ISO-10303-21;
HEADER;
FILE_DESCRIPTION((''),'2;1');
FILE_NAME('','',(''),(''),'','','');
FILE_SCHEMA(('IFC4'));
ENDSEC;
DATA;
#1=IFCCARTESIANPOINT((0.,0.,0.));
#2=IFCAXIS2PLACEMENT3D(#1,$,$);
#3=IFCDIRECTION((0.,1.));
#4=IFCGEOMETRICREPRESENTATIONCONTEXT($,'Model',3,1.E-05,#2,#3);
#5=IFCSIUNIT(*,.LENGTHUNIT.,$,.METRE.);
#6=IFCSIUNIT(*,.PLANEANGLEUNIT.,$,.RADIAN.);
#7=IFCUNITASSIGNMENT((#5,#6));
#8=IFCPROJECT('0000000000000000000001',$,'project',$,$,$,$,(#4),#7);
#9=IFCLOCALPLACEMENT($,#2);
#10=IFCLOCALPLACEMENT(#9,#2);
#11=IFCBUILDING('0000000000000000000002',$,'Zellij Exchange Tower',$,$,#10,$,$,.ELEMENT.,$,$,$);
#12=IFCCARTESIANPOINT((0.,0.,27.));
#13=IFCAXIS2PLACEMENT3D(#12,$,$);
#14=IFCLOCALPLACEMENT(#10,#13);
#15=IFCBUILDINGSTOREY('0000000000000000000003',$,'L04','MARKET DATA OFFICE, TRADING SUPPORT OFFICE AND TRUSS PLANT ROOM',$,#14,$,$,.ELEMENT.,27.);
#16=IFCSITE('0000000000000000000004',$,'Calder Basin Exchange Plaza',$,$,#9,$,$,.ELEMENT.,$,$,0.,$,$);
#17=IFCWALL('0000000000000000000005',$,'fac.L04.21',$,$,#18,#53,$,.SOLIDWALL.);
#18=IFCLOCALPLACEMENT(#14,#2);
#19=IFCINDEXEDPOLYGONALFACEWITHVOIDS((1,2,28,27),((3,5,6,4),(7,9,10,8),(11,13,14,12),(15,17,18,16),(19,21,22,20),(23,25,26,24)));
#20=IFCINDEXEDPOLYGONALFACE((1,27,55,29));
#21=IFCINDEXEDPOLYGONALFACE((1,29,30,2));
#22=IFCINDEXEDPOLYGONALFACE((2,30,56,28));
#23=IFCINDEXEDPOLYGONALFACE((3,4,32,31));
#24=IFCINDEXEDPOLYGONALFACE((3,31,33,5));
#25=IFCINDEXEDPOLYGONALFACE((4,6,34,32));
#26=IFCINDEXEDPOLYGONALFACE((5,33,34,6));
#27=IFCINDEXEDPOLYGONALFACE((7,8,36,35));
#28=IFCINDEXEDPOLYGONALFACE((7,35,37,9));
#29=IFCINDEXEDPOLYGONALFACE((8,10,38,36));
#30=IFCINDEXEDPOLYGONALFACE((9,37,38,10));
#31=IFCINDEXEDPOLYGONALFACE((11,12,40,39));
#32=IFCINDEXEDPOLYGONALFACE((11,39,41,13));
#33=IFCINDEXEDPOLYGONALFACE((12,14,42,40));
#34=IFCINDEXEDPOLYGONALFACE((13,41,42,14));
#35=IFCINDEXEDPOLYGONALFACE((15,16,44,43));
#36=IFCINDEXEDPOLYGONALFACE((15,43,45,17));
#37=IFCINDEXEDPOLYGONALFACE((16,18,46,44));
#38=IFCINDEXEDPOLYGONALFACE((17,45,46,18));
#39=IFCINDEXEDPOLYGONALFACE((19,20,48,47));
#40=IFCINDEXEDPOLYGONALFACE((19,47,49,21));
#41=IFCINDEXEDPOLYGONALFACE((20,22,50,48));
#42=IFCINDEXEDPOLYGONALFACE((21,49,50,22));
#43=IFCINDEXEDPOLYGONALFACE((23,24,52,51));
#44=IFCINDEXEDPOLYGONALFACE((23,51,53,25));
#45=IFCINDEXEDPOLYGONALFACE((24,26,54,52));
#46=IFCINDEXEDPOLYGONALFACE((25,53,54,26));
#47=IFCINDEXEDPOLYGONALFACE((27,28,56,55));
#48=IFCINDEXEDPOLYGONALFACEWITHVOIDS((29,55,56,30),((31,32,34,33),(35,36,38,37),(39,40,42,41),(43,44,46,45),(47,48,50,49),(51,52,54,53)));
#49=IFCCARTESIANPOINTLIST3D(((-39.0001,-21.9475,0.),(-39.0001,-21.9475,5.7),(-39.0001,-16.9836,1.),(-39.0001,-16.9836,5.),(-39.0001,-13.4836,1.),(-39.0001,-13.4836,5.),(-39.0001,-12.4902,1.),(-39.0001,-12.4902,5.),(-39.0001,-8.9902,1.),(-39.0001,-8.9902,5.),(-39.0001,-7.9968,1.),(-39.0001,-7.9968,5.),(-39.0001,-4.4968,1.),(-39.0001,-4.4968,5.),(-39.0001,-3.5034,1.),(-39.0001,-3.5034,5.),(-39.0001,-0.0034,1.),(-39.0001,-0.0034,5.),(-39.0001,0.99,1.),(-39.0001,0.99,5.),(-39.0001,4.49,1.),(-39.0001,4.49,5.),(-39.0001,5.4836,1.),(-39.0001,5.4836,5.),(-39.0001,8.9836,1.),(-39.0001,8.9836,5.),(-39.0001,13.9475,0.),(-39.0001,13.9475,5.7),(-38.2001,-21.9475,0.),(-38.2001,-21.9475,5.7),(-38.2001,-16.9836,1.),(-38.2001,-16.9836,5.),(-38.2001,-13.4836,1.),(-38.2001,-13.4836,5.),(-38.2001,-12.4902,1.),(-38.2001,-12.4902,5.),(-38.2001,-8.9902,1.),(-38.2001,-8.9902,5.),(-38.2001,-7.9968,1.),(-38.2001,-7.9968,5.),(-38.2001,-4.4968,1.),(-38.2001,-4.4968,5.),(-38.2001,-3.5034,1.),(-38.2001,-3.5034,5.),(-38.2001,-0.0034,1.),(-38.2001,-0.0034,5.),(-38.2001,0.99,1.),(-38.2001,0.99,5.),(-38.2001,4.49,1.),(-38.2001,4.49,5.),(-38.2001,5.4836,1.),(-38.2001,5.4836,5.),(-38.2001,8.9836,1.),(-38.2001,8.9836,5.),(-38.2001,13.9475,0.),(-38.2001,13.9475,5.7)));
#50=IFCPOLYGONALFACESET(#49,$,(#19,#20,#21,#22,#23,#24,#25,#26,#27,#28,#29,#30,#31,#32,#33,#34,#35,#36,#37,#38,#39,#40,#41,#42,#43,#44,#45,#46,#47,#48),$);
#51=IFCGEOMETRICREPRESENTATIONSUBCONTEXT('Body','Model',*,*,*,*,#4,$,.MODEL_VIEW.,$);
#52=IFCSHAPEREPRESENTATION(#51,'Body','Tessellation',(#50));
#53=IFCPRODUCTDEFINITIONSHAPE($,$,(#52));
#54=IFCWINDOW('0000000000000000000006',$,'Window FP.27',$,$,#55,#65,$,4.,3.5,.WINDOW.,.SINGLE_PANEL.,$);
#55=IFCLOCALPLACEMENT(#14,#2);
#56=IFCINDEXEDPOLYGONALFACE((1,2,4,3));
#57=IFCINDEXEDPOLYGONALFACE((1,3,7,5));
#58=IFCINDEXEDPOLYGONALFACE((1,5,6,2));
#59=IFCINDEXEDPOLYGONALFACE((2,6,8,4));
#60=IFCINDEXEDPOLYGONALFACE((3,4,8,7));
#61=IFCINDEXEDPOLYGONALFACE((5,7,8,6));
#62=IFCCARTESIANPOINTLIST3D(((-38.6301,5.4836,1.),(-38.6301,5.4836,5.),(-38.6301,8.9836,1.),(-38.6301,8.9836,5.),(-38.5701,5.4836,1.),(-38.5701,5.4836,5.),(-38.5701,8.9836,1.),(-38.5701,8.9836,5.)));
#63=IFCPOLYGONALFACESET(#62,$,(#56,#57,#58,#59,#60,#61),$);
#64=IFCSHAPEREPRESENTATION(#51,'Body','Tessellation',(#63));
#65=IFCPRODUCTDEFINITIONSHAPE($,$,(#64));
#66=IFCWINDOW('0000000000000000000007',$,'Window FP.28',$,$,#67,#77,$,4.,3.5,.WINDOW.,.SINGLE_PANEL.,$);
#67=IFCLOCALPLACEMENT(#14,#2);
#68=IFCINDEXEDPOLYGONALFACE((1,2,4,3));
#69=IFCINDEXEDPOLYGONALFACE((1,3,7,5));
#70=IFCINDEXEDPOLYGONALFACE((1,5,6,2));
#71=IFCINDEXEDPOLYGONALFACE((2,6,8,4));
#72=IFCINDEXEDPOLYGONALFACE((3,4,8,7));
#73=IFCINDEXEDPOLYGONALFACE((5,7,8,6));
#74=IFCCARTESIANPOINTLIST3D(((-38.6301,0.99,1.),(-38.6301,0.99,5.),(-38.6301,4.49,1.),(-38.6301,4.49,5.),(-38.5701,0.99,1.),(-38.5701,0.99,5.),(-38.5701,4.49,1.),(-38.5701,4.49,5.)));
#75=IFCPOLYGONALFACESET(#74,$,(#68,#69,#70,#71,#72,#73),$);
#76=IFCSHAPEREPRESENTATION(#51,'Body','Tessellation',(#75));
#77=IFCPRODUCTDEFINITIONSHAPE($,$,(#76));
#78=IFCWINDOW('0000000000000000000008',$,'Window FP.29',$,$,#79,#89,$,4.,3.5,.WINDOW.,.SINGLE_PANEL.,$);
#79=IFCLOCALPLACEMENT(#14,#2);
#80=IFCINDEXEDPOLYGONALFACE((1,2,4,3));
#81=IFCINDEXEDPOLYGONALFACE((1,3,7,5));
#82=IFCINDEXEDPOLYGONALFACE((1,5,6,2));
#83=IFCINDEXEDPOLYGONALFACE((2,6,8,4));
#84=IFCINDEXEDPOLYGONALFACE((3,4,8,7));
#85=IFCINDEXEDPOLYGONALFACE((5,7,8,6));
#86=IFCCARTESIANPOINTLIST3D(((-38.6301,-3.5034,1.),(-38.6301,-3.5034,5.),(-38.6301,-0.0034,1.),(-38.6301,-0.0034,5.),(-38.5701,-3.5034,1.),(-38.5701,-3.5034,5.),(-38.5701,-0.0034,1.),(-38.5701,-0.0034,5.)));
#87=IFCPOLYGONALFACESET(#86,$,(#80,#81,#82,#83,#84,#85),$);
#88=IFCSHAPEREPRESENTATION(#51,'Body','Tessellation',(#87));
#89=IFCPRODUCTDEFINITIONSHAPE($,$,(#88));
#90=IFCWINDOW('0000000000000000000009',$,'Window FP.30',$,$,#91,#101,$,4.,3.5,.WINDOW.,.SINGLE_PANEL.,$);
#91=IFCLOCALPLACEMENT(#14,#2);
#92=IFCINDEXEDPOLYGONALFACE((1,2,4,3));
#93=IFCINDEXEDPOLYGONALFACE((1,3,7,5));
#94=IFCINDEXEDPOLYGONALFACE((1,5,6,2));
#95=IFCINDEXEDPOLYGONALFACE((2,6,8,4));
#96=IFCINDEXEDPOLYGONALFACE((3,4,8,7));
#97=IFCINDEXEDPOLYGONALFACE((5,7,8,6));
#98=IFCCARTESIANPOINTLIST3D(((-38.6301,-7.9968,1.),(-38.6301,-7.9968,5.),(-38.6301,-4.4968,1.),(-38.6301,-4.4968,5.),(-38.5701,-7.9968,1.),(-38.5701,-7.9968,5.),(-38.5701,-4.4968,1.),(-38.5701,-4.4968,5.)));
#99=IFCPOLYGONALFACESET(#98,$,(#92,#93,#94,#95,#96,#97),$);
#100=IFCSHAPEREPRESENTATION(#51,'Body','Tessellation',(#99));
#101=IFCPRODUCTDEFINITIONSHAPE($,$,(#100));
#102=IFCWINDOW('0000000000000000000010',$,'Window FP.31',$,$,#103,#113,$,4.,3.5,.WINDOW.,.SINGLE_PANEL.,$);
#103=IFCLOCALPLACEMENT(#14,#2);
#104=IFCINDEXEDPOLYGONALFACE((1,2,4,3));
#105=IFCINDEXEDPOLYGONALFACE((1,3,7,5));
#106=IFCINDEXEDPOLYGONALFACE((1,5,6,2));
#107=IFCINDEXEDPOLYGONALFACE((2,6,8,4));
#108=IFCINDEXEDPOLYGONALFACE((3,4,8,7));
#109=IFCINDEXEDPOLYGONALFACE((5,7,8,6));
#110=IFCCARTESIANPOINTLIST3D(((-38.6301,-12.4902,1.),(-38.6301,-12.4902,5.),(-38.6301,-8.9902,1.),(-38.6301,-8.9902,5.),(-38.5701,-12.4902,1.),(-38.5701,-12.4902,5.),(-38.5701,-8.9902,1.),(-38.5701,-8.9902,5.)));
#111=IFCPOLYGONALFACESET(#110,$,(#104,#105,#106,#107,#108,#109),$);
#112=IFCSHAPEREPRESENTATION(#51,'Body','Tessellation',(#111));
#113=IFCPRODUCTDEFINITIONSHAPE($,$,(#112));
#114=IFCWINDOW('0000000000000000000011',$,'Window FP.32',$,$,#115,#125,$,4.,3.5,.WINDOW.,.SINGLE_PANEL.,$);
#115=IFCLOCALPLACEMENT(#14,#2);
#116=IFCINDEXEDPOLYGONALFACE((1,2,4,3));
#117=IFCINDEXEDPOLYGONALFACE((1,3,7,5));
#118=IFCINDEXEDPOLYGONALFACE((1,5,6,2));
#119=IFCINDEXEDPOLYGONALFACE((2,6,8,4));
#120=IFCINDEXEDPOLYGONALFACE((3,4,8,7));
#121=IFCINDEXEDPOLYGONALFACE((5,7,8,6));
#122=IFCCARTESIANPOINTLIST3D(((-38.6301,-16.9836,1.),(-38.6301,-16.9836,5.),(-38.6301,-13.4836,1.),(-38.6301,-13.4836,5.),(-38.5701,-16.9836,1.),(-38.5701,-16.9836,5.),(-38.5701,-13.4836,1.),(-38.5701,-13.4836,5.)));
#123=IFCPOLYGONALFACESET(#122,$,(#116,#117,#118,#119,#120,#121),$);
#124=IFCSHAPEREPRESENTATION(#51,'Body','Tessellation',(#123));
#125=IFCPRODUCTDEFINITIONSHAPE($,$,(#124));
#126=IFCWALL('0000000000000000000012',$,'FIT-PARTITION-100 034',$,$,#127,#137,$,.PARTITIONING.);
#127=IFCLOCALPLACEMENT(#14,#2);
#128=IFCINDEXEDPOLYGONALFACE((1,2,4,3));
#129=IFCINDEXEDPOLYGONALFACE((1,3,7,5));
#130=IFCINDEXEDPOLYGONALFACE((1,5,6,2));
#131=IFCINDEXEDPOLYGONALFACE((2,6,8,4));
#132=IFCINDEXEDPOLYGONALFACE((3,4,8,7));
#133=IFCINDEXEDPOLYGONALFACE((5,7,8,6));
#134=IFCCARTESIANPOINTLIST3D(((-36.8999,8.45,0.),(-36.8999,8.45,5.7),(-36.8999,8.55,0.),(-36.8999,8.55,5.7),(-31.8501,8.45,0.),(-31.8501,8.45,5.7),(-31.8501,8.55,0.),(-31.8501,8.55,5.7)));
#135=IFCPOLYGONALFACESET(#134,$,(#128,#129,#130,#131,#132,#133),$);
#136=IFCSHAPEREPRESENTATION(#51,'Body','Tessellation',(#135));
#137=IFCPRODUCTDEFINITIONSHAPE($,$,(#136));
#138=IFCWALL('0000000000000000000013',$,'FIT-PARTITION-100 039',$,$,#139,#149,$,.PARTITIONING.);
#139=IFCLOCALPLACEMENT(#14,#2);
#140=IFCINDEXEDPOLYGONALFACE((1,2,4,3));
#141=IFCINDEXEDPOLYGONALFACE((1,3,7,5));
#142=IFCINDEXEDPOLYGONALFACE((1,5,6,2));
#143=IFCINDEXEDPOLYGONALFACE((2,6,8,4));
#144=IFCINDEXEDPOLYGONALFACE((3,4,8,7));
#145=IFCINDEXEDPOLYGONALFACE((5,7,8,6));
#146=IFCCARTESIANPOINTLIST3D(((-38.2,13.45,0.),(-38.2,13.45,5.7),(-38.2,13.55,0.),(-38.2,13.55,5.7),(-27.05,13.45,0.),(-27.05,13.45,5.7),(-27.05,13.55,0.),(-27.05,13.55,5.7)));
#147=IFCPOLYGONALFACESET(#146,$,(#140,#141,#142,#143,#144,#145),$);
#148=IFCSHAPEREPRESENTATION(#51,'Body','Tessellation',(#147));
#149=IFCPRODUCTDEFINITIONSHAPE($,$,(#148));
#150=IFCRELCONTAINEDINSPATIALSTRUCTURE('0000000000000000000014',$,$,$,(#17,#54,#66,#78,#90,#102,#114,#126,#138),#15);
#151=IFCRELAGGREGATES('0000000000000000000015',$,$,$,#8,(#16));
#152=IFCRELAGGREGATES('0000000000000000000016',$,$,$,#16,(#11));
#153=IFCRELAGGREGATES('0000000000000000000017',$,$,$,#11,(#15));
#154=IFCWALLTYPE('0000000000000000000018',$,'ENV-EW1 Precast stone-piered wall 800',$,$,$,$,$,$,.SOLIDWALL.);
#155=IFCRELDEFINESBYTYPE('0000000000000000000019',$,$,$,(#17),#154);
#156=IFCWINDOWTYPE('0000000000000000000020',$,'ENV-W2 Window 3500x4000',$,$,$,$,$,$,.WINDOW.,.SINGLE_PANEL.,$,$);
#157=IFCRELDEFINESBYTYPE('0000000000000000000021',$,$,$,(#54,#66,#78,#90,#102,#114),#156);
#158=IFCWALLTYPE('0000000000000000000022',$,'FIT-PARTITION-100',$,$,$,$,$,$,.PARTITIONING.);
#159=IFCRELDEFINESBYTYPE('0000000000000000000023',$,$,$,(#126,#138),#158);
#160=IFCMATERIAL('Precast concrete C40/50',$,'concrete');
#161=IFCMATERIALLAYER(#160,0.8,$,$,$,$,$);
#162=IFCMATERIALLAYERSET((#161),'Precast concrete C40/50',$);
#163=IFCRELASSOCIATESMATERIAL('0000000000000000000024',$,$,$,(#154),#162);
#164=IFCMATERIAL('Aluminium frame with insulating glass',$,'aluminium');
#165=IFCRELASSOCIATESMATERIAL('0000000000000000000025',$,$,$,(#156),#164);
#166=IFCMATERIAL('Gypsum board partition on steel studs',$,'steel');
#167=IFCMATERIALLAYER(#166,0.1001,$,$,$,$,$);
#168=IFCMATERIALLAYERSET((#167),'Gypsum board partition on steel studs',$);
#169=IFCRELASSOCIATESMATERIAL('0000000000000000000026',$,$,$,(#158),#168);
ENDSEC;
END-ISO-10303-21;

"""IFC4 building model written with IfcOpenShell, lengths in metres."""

from ifc_helpers import new_model, si_unit, direction, frame, frame_2d, origin, place, context, subcontext, project, spatial, rectangle, extrude, material, layer, layer_set, type_object, element, fill, save


model = new_model("IFC4")

# Units and contexts
model_context = context("Model", 3, precision=1e-05, world=origin(), true_north=direction((0.0, 1.0)))
body_context = subcontext(model_context, "Body", "Model", "MODEL_VIEW")
ifc_project = project(units=[si_unit("LENGTHUNIT", "METRE"), si_unit("PLANEANGLEUNIT", "RADIAN")], contexts=[model_context])

# Site, building, storey
site_placement = place(None, origin())
site = spatial("IfcSite", under=ifc_project, at=site_placement, Name="Calder Basin Exchange Plaza", CompositionType="ELEMENT", RefElevation=0.0)
building_placement = place(site_placement, origin())
building = spatial("IfcBuilding", under=site, at=building_placement, Name="Zellij Exchange Tower", CompositionType="ELEMENT")
storey_placement = place(building_placement, frame((0.0, 0.0, 27.0)))
storey = spatial("IfcBuildingStorey", under=building, at=storey_placement, Name="L04", Description="MARKET DATA OFFICE, TRADING SUPPORT OFFICE AND TRUSS PLANT ROOM", CompositionType="ELEMENT", Elevation=27.0)

# Shared definitions
ifc_material_1 = material(Name="Precast concrete C40/50", Category="concrete")
ifc_layer_1 = layer(ifc_material_1, 0.8)
ifc_layer_set_1 = layer_set([ifc_layer_1], Name="Precast concrete C40/50")
wall_type_1 = type_object("IfcWallType", Name="ENV-EW1 Precast stone-piered wall 800", PredefinedType="SOLIDWALL", material=ifc_layer_set_1)

# Wall, openings, windows
wall_1_placement = place(storey_placement, frame((-38.6001, 13.9475, 0.0), z_axis=(0.0, 0.0, 1.0), x_axis=(0.0, -1.0, 0.0)))
wall_1 = element("IfcWall", 1, at=wall_1_placement, inside=storey, type_object=wall_type_1, Name="fac.L04.21", PredefinedType="SOLIDWALL", context=body_context, shape_type="SweptSolid", body=[
    extrude(rectangle(XDim=35.895, YDim=0.8, at=frame_2d((17.9475, 0.0))), origin(), (0.0, 0.0, 1.0), 5.7),
])
opening_1_placement = place(wall_1_placement, frame((4.9639, 0.0, 1.0)))
opening_1 = element("IfcOpeningElement", 2, at=opening_1_placement, cuts=wall_1, PredefinedType="OPENING", context=body_context, shape_type="SweptSolid", body=[
    extrude(rectangle(XDim=3.5, YDim=4.0, at=frame_2d((1.75, 2.0))), frame((0.0, 0.4121, 0.0), z_axis=(0.0, -1.0, 0.0), x_axis=(1.0, 0.0, 0.0)), (0.0, 0.0, 1.0), 0.824),
])
opening_2_placement = place(wall_1_placement, frame((9.4575, 0.0, 1.0)))
opening_2 = element("IfcOpeningElement", 3, at=opening_2_placement, cuts=wall_1, PredefinedType="OPENING", context=body_context, shape_type="SweptSolid", body=[
    extrude(rectangle(XDim=3.5, YDim=4.0, at=frame_2d((1.75, 2.0))), frame((0.0, 0.4121, 0.0), z_axis=(0.0, -1.0, 0.0), x_axis=(1.0, 0.0, 0.0)), (0.0, 0.0, 1.0), 0.824),
])
opening_3_placement = place(wall_1_placement, frame((13.9509, 0.0, 1.0)))
opening_3 = element("IfcOpeningElement", 4, at=opening_3_placement, cuts=wall_1, PredefinedType="OPENING", context=body_context, shape_type="SweptSolid", body=[
    extrude(rectangle(XDim=3.5, YDim=4.0, at=frame_2d((1.75, 2.0))), frame((0.0, 0.4121, 0.0), z_axis=(0.0, -1.0, 0.0), x_axis=(1.0, 0.0, 0.0)), (0.0, 0.0, 1.0), 0.824),
])
opening_4_placement = place(wall_1_placement, frame((18.4443, 0.0, 1.0)))
opening_4 = element("IfcOpeningElement", 5, at=opening_4_placement, cuts=wall_1, PredefinedType="OPENING", context=body_context, shape_type="SweptSolid", body=[
    extrude(rectangle(XDim=3.5, YDim=4.0, at=frame_2d((1.75, 2.0))), frame((0.0, 0.4121, 0.0), z_axis=(0.0, -1.0, 0.0), x_axis=(1.0, 0.0, 0.0)), (0.0, 0.0, 1.0), 0.824),
])
opening_5_placement = place(wall_1_placement, frame((22.9377, 0.0, 1.0)))
opening_5 = element("IfcOpeningElement", 6, at=opening_5_placement, cuts=wall_1, PredefinedType="OPENING", context=body_context, shape_type="SweptSolid", body=[
    extrude(rectangle(XDim=3.5, YDim=4.0, at=frame_2d((1.75, 2.0))), frame((0.0, 0.4121, 0.0), z_axis=(0.0, -1.0, 0.0), x_axis=(1.0, 0.0, 0.0)), (0.0, 0.0, 1.0), 0.824),
])
opening_6_placement = place(wall_1_placement, frame((27.4312, 0.0, 1.0)))
opening_6 = element("IfcOpeningElement", 7, at=opening_6_placement, cuts=wall_1, PredefinedType="OPENING", context=body_context, shape_type="SweptSolid", body=[
    extrude(rectangle(XDim=3.5, YDim=4.0, at=frame_2d((1.75, 2.0))), frame((0.0, 0.4121, 0.0), z_axis=(0.0, -1.0, 0.0), x_axis=(1.0, 0.0, 0.0)), (0.0, 0.0, 1.0), 0.824),
])
ifc_material_2 = material(Name="Aluminium frame with insulating glass", Category="aluminium")
window_type = type_object("IfcWindowType", Name="ENV-W2 Window 3500x4000", PartitioningType="SINGLE_PANEL", PredefinedType="WINDOW", material=ifc_material_2)
window_1_placement = place(opening_1_placement, origin())
window_1 = element("IfcWindow", 8, at=window_1_placement, inside=storey, type_object=window_type, Name="Window FP.27", OverallHeight=4.0, OverallWidth=3.5, PartitioningType="SINGLE_PANEL", PredefinedType="WINDOW", context=body_context, shape_type="SweptSolid", body=[
    extrude(rectangle(XDim=3.5, YDim=4.0, at=frame_2d((1.75, 2.0))), frame((0.0, 0.03, 0.0), z_axis=(0.0, -1.0, 0.0), x_axis=(1.0, 0.0, 0.0)), (0.0, 0.0, 1.0), 0.0601),
])
fill(opening_1, window_1)
window_2_placement = place(opening_2_placement, origin())
window_2 = element("IfcWindow", 9, at=window_2_placement, inside=storey, type_object=window_type, Name="Window FP.28", OverallHeight=4.0, OverallWidth=3.5, PartitioningType="SINGLE_PANEL", PredefinedType="WINDOW", context=body_context, shape_type="SweptSolid", body=[
    extrude(rectangle(XDim=3.5, YDim=4.0, at=frame_2d((1.75, 2.0))), frame((0.0, 0.03, 0.0), z_axis=(0.0, -1.0, 0.0), x_axis=(1.0, 0.0, 0.0)), (0.0, 0.0, 1.0), 0.0601),
])
fill(opening_2, window_2)
window_3_placement = place(opening_3_placement, origin())
window_3 = element("IfcWindow", 10, at=window_3_placement, inside=storey, type_object=window_type, Name="Window FP.29", OverallHeight=4.0, OverallWidth=3.5, PartitioningType="SINGLE_PANEL", PredefinedType="WINDOW", context=body_context, shape_type="SweptSolid", body=[
    extrude(rectangle(XDim=3.5, YDim=4.0, at=frame_2d((1.75, 2.0))), frame((0.0, 0.03, 0.0), z_axis=(0.0, -1.0, 0.0), x_axis=(1.0, 0.0, 0.0)), (0.0, 0.0, 1.0), 0.0601),
])
fill(opening_3, window_3)
window_4_placement = place(opening_4_placement, origin())
window_4 = element("IfcWindow", 11, at=window_4_placement, inside=storey, type_object=window_type, Name="Window FP.30", OverallHeight=4.0, OverallWidth=3.5, PartitioningType="SINGLE_PANEL", PredefinedType="WINDOW", context=body_context, shape_type="SweptSolid", body=[
    extrude(rectangle(XDim=3.5, YDim=4.0, at=frame_2d((1.75, 2.0))), frame((0.0, 0.03, 0.0), z_axis=(0.0, -1.0, 0.0), x_axis=(1.0, 0.0, 0.0)), (0.0, 0.0, 1.0), 0.0601),
])
fill(opening_4, window_4)
window_5_placement = place(opening_5_placement, origin())
window_5 = element("IfcWindow", 12, at=window_5_placement, inside=storey, type_object=window_type, Name="Window FP.31", OverallHeight=4.0, OverallWidth=3.5, PartitioningType="SINGLE_PANEL", PredefinedType="WINDOW", context=body_context, shape_type="SweptSolid", body=[
    extrude(rectangle(XDim=3.5, YDim=4.0, at=frame_2d((1.75, 2.0))), frame((0.0, 0.03, 0.0), z_axis=(0.0, -1.0, 0.0), x_axis=(1.0, 0.0, 0.0)), (0.0, 0.0, 1.0), 0.0601),
])
fill(opening_5, window_5)
window_6_placement = place(opening_6_placement, origin())
window_6 = element("IfcWindow", 13, at=window_6_placement, inside=storey, type_object=window_type, Name="Window FP.32", OverallHeight=4.0, OverallWidth=3.5, PartitioningType="SINGLE_PANEL", PredefinedType="WINDOW", context=body_context, shape_type="SweptSolid", body=[
    extrude(rectangle(XDim=3.5, YDim=4.0, at=frame_2d((1.75, 2.0))), frame((0.0, 0.03, 0.0), z_axis=(0.0, -1.0, 0.0), x_axis=(1.0, 0.0, 0.0)), (0.0, 0.0, 1.0), 0.0601),
])
fill(opening_6, window_6)

# Walls
ifc_material_3 = material(Name="Gypsum board partition on steel studs", Category="steel")
ifc_layer_2 = layer(ifc_material_3, 0.1001)
ifc_layer_set_2 = layer_set([ifc_layer_2], Name="Gypsum board partition on steel studs")
wall_type_2 = type_object("IfcWallType", Name="FIT-PARTITION-100", PredefinedType="PARTITIONING", material=ifc_layer_set_2)
wall_2_placement = place(storey_placement, frame((-36.8999, 8.5, 0.0), z_axis=(0.0, 0.0, 1.0), x_axis=(1.0, 0.0, 0.0)))
element("IfcWall", 14, at=wall_2_placement, inside=storey, type_object=wall_type_2, Name="FIT-PARTITION-100 034", PredefinedType="PARTITIONING", context=body_context, shape_type="SweptSolid", body=[
    extrude(rectangle(XDim=5.0498, YDim=0.1001, at=frame_2d((2.5249, 0.0))), origin(), (0.0, 0.0, 1.0), 5.7),
])
wall_3_placement = place(storey_placement, frame((-38.2, 13.5, 0.0), z_axis=(0.0, 0.0, 1.0), x_axis=(1.0, 0.0, 0.0)))
element("IfcWall", 15, at=wall_3_placement, inside=storey, type_object=wall_type_2, Name="FIT-PARTITION-100 039", PredefinedType="PARTITIONING", context=body_context, shape_type="SweptSolid", body=[
    extrude(rectangle(XDim=11.1499, YDim=0.1001, at=frame_2d((5.575, 0.0))), origin(), (0.0, 0.0, 1.0), 5.7),
])

save(model, "model.ifc")
